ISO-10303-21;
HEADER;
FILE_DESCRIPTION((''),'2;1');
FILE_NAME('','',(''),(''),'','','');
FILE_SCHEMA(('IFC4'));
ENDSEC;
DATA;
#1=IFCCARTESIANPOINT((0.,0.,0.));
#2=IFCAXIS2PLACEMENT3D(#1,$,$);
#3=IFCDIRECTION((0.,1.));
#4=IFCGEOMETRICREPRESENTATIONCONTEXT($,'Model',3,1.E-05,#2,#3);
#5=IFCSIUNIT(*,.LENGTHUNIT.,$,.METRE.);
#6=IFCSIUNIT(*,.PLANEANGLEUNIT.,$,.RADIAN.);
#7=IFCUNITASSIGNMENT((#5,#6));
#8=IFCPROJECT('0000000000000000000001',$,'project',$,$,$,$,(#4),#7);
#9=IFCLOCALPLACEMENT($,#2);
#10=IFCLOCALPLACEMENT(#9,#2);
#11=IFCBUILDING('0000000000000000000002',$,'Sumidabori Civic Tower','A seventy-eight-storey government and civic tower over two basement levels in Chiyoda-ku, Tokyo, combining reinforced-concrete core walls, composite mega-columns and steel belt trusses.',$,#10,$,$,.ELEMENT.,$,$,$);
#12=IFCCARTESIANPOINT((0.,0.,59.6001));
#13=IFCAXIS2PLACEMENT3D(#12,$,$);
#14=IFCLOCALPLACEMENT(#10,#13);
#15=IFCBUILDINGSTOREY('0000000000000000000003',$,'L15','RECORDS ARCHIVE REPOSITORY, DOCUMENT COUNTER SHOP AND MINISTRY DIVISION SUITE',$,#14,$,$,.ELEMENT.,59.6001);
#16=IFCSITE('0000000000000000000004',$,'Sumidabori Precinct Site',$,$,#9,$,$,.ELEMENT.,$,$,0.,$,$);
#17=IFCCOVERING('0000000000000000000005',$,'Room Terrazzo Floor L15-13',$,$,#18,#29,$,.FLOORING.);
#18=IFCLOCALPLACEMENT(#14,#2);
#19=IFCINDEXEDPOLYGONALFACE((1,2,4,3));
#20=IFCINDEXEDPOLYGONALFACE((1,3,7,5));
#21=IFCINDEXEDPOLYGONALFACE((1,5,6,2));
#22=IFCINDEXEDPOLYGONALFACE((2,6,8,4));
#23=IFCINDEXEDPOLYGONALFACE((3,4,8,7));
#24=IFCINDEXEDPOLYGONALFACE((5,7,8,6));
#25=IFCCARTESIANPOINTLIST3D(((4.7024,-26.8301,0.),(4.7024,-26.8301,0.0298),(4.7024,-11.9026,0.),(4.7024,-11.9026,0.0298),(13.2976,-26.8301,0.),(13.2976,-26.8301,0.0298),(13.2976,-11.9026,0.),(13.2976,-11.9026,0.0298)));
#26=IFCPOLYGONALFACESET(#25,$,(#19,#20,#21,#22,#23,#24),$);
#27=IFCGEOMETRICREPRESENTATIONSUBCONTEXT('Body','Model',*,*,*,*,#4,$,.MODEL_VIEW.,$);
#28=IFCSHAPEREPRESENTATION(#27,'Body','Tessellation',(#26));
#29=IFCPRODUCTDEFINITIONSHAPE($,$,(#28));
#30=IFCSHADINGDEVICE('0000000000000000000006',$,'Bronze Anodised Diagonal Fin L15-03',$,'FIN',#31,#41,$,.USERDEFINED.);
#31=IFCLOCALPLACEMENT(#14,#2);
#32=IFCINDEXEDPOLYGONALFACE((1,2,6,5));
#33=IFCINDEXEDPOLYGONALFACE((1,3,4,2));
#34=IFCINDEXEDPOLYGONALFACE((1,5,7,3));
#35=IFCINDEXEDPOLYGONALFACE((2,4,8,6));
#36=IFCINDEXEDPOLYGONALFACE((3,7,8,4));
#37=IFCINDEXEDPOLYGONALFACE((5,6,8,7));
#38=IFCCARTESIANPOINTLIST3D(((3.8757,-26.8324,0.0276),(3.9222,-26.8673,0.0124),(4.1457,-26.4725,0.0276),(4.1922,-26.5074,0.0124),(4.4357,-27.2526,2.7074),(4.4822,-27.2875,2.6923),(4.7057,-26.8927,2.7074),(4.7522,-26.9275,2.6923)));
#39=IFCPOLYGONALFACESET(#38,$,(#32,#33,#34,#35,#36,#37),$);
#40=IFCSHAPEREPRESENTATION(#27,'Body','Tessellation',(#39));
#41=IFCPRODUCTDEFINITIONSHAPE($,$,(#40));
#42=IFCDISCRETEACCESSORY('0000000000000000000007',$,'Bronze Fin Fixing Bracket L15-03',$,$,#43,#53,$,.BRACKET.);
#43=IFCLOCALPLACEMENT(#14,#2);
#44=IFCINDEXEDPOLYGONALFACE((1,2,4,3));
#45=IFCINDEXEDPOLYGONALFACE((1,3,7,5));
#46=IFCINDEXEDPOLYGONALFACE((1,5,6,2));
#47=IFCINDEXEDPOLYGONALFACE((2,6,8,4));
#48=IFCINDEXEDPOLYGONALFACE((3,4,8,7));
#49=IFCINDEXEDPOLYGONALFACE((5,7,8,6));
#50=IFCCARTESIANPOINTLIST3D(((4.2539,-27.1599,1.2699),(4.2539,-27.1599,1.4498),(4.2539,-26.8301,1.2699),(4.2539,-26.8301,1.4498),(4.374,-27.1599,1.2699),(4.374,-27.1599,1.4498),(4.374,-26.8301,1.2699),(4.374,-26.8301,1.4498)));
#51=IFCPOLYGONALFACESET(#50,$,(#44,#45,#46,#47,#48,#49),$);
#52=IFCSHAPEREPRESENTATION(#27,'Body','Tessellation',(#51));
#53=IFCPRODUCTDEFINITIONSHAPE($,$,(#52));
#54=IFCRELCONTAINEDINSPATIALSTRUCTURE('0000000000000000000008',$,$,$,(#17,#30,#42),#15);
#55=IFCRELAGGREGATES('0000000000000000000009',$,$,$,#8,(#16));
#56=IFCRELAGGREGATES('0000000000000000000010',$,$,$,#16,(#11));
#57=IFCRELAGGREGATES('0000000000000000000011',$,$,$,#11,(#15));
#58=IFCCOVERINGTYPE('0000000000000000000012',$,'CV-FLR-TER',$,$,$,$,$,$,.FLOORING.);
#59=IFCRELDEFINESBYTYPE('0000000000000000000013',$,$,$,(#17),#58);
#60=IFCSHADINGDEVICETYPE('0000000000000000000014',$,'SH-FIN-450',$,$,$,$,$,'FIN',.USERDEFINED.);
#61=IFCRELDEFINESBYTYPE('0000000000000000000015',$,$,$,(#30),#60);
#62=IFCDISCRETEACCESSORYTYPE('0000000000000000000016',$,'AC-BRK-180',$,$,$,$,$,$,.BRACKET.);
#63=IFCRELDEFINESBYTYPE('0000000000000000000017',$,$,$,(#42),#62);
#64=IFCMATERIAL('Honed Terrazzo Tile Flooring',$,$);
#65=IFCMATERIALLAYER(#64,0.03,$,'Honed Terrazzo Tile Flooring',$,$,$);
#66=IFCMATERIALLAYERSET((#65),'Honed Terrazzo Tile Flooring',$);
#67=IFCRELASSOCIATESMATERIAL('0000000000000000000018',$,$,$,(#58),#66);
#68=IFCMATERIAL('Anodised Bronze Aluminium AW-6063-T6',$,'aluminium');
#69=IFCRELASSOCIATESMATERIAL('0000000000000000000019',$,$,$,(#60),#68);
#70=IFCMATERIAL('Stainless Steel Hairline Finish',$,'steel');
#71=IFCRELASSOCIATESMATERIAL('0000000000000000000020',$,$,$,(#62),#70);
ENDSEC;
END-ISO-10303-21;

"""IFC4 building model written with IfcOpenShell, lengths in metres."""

from ifc_helpers import new_model, si_unit, direction, frame, origin, origin_2d, place, context, subcontext, project, spatial, polyline, rectangle, outline, extrude, source, transform, mapped, material, layer, layer_set, material_profile, profile_set, type_object, element, save


model = new_model("IFC4")

# Units and contexts
model_context = context("Model", 3, precision=1e-05, world=origin(), true_north=direction((0.0, 1.0)))
body_context = subcontext(model_context, "Body", "Model", "MODEL_VIEW")
ifc_project = project(units=[si_unit("LENGTHUNIT", "METRE"), si_unit("PLANEANGLEUNIT", "RADIAN")], contexts=[model_context])

# Site, building, storey
site_placement = place(None, origin())
site = spatial("IfcSite", under=ifc_project, at=site_placement, Name="Sumidabori Precinct Site", CompositionType="ELEMENT", RefElevation=0.0)
building_placement = place(site_placement, origin())
building = spatial("IfcBuilding", under=site, at=building_placement, Name="Sumidabori Civic Tower", Description="A seventy-eight-storey government and civic tower over two basement levels in Chiyoda-ku, Tokyo, combining reinforced-concrete core walls, composite mega-columns and steel belt trusses.", CompositionType="ELEMENT")
storey_placement = place(building_placement, frame((0.0, 0.0, 59.6001)))
storey = spatial("IfcBuildingStorey", under=building, at=storey_placement, Name="L15", Description="RECORDS ARCHIVE REPOSITORY, DOCUMENT COUNTER SHOP AND MINISTRY DIVISION SUITE", CompositionType="ELEMENT", Elevation=59.6001)

# Shared definitions
ifc_material_1 = material(Name="Anodised Bronze Aluminium AW-6063-T6", Category="aluminium")

# Covering
ifc_material_2 = material(Name="Honed Terrazzo Tile Flooring")
ifc_layer_1 = layer(ifc_material_2, 0.03, Name="Honed Terrazzo Tile Flooring")
ifc_layer_set_1 = layer_set([ifc_layer_1], Name="Honed Terrazzo Tile Flooring")
covering_type_1 = type_object("IfcCoveringType", Name="CV-FLR-TER", PredefinedType="FLOORING", material=ifc_layer_set_1)
covering_1_placement = place(storey_placement, origin())
element("IfcCovering", 1, at=covering_1_placement, inside=storey, type_object=covering_type_1, Name="Room Terrazzo Floor L15-13", PredefinedType="FLOORING", context=body_context, shape_type="SweptSolid", body=[
    extrude(outline(polyline([(13.2976, -26.8301), (4.7024, -26.8301), (4.7024, -11.9026), (13.2976, -11.9026), (13.2976, -26.8301)])), origin(), (0.0, 0.0, 1.0), 0.0298),
])

# Shading device
ifc_material_profile_1 = material_profile(ifc_material_1, rectangle(XDim=0.0601, YDim=0.45, at=origin_2d()), Name="BRONZE FIN 450x60")
ifc_profile_set_1 = profile_set([ifc_material_profile_1], Name="Anodised Bronze Aluminium AW-6063-T6")
shading_device_type = type_object("IfcShadingDeviceType", Name="SH-FIN-450", ElementType="FIN", PredefinedType="USERDEFINED", material=ifc_profile_set_1)
shared_shape_1 = source(origin(), body_context, "Body", "SweptSolid", [
    extrude(rectangle(XDim=0.0601, YDim=0.45, at=origin_2d()), origin(), (0.0, 0.0, 1.0), 2.7698),
])
shading_device_placement = place(storey_placement, frame((4.0339, -26.6699, 0.02), z_axis=(0.202196, -0.151691, 0.967526), x_axis=(0.77394, -0.580624, -0.252771)))
element("IfcShadingDevice", 2, at=shading_device_placement, inside=storey, type_object=shading_device_type, Name="Bronze Anodised Diagonal Fin L15-03", ObjectType="FIN", PredefinedType="USERDEFINED", context=body_context, shape_type="MappedRepresentation", body=[
    mapped(shared_shape_1, transform((0.0, 0.0, 0.0), x_axis=(1.0, 0.0, 0.0), y_axis=(0.0, 1.0, 0.0), z_axis=(0.0, 0.0, 1.0), scale=1.0)),
])

# Discrete accessory
ifc_material_3 = material(Name="Stainless Steel Hairline Finish", Category="steel")
ifc_material_profile_2 = material_profile(ifc_material_3, rectangle(XDim=0.1201, YDim=0.1799, at=origin_2d()), Name="STEEL BRACKET 180x120")
ifc_profile_set_2 = profile_set([ifc_material_profile_2], Name="Stainless Steel Hairline Finish")
discrete_accessory_type = type_object("IfcDiscreteAccessoryType", Name="AC-BRK-180", PredefinedType="BRACKET", material=ifc_profile_set_2)
shared_shape_2 = source(origin(), body_context, "Body", "SweptSolid", [
    extrude(rectangle(XDim=0.1201, YDim=0.1799, at=origin_2d()), origin(), (0.0, 0.0, 1.0), 0.3298),
])
discrete_accessory_placement = place(storey_placement, frame((4.314, -26.8301, 1.3599), z_axis=(0.0, -1.0, 0.0), x_axis=(1.0, 0.0, 0.0)))
element("IfcDiscreteAccessory", 3, at=discrete_accessory_placement, inside=storey, type_object=discrete_accessory_type, Name="Bronze Fin Fixing Bracket L15-03", PredefinedType="BRACKET", context=body_context, shape_type="MappedRepresentation", body=[
    mapped(shared_shape_2, transform((0.0, 0.0, 0.0), x_axis=(1.0, 0.0, 0.0), y_axis=(0.0, 1.0, 0.0), z_axis=(0.0, 0.0, 1.0), scale=1.0)),
])

save(model, "model.ifc")
